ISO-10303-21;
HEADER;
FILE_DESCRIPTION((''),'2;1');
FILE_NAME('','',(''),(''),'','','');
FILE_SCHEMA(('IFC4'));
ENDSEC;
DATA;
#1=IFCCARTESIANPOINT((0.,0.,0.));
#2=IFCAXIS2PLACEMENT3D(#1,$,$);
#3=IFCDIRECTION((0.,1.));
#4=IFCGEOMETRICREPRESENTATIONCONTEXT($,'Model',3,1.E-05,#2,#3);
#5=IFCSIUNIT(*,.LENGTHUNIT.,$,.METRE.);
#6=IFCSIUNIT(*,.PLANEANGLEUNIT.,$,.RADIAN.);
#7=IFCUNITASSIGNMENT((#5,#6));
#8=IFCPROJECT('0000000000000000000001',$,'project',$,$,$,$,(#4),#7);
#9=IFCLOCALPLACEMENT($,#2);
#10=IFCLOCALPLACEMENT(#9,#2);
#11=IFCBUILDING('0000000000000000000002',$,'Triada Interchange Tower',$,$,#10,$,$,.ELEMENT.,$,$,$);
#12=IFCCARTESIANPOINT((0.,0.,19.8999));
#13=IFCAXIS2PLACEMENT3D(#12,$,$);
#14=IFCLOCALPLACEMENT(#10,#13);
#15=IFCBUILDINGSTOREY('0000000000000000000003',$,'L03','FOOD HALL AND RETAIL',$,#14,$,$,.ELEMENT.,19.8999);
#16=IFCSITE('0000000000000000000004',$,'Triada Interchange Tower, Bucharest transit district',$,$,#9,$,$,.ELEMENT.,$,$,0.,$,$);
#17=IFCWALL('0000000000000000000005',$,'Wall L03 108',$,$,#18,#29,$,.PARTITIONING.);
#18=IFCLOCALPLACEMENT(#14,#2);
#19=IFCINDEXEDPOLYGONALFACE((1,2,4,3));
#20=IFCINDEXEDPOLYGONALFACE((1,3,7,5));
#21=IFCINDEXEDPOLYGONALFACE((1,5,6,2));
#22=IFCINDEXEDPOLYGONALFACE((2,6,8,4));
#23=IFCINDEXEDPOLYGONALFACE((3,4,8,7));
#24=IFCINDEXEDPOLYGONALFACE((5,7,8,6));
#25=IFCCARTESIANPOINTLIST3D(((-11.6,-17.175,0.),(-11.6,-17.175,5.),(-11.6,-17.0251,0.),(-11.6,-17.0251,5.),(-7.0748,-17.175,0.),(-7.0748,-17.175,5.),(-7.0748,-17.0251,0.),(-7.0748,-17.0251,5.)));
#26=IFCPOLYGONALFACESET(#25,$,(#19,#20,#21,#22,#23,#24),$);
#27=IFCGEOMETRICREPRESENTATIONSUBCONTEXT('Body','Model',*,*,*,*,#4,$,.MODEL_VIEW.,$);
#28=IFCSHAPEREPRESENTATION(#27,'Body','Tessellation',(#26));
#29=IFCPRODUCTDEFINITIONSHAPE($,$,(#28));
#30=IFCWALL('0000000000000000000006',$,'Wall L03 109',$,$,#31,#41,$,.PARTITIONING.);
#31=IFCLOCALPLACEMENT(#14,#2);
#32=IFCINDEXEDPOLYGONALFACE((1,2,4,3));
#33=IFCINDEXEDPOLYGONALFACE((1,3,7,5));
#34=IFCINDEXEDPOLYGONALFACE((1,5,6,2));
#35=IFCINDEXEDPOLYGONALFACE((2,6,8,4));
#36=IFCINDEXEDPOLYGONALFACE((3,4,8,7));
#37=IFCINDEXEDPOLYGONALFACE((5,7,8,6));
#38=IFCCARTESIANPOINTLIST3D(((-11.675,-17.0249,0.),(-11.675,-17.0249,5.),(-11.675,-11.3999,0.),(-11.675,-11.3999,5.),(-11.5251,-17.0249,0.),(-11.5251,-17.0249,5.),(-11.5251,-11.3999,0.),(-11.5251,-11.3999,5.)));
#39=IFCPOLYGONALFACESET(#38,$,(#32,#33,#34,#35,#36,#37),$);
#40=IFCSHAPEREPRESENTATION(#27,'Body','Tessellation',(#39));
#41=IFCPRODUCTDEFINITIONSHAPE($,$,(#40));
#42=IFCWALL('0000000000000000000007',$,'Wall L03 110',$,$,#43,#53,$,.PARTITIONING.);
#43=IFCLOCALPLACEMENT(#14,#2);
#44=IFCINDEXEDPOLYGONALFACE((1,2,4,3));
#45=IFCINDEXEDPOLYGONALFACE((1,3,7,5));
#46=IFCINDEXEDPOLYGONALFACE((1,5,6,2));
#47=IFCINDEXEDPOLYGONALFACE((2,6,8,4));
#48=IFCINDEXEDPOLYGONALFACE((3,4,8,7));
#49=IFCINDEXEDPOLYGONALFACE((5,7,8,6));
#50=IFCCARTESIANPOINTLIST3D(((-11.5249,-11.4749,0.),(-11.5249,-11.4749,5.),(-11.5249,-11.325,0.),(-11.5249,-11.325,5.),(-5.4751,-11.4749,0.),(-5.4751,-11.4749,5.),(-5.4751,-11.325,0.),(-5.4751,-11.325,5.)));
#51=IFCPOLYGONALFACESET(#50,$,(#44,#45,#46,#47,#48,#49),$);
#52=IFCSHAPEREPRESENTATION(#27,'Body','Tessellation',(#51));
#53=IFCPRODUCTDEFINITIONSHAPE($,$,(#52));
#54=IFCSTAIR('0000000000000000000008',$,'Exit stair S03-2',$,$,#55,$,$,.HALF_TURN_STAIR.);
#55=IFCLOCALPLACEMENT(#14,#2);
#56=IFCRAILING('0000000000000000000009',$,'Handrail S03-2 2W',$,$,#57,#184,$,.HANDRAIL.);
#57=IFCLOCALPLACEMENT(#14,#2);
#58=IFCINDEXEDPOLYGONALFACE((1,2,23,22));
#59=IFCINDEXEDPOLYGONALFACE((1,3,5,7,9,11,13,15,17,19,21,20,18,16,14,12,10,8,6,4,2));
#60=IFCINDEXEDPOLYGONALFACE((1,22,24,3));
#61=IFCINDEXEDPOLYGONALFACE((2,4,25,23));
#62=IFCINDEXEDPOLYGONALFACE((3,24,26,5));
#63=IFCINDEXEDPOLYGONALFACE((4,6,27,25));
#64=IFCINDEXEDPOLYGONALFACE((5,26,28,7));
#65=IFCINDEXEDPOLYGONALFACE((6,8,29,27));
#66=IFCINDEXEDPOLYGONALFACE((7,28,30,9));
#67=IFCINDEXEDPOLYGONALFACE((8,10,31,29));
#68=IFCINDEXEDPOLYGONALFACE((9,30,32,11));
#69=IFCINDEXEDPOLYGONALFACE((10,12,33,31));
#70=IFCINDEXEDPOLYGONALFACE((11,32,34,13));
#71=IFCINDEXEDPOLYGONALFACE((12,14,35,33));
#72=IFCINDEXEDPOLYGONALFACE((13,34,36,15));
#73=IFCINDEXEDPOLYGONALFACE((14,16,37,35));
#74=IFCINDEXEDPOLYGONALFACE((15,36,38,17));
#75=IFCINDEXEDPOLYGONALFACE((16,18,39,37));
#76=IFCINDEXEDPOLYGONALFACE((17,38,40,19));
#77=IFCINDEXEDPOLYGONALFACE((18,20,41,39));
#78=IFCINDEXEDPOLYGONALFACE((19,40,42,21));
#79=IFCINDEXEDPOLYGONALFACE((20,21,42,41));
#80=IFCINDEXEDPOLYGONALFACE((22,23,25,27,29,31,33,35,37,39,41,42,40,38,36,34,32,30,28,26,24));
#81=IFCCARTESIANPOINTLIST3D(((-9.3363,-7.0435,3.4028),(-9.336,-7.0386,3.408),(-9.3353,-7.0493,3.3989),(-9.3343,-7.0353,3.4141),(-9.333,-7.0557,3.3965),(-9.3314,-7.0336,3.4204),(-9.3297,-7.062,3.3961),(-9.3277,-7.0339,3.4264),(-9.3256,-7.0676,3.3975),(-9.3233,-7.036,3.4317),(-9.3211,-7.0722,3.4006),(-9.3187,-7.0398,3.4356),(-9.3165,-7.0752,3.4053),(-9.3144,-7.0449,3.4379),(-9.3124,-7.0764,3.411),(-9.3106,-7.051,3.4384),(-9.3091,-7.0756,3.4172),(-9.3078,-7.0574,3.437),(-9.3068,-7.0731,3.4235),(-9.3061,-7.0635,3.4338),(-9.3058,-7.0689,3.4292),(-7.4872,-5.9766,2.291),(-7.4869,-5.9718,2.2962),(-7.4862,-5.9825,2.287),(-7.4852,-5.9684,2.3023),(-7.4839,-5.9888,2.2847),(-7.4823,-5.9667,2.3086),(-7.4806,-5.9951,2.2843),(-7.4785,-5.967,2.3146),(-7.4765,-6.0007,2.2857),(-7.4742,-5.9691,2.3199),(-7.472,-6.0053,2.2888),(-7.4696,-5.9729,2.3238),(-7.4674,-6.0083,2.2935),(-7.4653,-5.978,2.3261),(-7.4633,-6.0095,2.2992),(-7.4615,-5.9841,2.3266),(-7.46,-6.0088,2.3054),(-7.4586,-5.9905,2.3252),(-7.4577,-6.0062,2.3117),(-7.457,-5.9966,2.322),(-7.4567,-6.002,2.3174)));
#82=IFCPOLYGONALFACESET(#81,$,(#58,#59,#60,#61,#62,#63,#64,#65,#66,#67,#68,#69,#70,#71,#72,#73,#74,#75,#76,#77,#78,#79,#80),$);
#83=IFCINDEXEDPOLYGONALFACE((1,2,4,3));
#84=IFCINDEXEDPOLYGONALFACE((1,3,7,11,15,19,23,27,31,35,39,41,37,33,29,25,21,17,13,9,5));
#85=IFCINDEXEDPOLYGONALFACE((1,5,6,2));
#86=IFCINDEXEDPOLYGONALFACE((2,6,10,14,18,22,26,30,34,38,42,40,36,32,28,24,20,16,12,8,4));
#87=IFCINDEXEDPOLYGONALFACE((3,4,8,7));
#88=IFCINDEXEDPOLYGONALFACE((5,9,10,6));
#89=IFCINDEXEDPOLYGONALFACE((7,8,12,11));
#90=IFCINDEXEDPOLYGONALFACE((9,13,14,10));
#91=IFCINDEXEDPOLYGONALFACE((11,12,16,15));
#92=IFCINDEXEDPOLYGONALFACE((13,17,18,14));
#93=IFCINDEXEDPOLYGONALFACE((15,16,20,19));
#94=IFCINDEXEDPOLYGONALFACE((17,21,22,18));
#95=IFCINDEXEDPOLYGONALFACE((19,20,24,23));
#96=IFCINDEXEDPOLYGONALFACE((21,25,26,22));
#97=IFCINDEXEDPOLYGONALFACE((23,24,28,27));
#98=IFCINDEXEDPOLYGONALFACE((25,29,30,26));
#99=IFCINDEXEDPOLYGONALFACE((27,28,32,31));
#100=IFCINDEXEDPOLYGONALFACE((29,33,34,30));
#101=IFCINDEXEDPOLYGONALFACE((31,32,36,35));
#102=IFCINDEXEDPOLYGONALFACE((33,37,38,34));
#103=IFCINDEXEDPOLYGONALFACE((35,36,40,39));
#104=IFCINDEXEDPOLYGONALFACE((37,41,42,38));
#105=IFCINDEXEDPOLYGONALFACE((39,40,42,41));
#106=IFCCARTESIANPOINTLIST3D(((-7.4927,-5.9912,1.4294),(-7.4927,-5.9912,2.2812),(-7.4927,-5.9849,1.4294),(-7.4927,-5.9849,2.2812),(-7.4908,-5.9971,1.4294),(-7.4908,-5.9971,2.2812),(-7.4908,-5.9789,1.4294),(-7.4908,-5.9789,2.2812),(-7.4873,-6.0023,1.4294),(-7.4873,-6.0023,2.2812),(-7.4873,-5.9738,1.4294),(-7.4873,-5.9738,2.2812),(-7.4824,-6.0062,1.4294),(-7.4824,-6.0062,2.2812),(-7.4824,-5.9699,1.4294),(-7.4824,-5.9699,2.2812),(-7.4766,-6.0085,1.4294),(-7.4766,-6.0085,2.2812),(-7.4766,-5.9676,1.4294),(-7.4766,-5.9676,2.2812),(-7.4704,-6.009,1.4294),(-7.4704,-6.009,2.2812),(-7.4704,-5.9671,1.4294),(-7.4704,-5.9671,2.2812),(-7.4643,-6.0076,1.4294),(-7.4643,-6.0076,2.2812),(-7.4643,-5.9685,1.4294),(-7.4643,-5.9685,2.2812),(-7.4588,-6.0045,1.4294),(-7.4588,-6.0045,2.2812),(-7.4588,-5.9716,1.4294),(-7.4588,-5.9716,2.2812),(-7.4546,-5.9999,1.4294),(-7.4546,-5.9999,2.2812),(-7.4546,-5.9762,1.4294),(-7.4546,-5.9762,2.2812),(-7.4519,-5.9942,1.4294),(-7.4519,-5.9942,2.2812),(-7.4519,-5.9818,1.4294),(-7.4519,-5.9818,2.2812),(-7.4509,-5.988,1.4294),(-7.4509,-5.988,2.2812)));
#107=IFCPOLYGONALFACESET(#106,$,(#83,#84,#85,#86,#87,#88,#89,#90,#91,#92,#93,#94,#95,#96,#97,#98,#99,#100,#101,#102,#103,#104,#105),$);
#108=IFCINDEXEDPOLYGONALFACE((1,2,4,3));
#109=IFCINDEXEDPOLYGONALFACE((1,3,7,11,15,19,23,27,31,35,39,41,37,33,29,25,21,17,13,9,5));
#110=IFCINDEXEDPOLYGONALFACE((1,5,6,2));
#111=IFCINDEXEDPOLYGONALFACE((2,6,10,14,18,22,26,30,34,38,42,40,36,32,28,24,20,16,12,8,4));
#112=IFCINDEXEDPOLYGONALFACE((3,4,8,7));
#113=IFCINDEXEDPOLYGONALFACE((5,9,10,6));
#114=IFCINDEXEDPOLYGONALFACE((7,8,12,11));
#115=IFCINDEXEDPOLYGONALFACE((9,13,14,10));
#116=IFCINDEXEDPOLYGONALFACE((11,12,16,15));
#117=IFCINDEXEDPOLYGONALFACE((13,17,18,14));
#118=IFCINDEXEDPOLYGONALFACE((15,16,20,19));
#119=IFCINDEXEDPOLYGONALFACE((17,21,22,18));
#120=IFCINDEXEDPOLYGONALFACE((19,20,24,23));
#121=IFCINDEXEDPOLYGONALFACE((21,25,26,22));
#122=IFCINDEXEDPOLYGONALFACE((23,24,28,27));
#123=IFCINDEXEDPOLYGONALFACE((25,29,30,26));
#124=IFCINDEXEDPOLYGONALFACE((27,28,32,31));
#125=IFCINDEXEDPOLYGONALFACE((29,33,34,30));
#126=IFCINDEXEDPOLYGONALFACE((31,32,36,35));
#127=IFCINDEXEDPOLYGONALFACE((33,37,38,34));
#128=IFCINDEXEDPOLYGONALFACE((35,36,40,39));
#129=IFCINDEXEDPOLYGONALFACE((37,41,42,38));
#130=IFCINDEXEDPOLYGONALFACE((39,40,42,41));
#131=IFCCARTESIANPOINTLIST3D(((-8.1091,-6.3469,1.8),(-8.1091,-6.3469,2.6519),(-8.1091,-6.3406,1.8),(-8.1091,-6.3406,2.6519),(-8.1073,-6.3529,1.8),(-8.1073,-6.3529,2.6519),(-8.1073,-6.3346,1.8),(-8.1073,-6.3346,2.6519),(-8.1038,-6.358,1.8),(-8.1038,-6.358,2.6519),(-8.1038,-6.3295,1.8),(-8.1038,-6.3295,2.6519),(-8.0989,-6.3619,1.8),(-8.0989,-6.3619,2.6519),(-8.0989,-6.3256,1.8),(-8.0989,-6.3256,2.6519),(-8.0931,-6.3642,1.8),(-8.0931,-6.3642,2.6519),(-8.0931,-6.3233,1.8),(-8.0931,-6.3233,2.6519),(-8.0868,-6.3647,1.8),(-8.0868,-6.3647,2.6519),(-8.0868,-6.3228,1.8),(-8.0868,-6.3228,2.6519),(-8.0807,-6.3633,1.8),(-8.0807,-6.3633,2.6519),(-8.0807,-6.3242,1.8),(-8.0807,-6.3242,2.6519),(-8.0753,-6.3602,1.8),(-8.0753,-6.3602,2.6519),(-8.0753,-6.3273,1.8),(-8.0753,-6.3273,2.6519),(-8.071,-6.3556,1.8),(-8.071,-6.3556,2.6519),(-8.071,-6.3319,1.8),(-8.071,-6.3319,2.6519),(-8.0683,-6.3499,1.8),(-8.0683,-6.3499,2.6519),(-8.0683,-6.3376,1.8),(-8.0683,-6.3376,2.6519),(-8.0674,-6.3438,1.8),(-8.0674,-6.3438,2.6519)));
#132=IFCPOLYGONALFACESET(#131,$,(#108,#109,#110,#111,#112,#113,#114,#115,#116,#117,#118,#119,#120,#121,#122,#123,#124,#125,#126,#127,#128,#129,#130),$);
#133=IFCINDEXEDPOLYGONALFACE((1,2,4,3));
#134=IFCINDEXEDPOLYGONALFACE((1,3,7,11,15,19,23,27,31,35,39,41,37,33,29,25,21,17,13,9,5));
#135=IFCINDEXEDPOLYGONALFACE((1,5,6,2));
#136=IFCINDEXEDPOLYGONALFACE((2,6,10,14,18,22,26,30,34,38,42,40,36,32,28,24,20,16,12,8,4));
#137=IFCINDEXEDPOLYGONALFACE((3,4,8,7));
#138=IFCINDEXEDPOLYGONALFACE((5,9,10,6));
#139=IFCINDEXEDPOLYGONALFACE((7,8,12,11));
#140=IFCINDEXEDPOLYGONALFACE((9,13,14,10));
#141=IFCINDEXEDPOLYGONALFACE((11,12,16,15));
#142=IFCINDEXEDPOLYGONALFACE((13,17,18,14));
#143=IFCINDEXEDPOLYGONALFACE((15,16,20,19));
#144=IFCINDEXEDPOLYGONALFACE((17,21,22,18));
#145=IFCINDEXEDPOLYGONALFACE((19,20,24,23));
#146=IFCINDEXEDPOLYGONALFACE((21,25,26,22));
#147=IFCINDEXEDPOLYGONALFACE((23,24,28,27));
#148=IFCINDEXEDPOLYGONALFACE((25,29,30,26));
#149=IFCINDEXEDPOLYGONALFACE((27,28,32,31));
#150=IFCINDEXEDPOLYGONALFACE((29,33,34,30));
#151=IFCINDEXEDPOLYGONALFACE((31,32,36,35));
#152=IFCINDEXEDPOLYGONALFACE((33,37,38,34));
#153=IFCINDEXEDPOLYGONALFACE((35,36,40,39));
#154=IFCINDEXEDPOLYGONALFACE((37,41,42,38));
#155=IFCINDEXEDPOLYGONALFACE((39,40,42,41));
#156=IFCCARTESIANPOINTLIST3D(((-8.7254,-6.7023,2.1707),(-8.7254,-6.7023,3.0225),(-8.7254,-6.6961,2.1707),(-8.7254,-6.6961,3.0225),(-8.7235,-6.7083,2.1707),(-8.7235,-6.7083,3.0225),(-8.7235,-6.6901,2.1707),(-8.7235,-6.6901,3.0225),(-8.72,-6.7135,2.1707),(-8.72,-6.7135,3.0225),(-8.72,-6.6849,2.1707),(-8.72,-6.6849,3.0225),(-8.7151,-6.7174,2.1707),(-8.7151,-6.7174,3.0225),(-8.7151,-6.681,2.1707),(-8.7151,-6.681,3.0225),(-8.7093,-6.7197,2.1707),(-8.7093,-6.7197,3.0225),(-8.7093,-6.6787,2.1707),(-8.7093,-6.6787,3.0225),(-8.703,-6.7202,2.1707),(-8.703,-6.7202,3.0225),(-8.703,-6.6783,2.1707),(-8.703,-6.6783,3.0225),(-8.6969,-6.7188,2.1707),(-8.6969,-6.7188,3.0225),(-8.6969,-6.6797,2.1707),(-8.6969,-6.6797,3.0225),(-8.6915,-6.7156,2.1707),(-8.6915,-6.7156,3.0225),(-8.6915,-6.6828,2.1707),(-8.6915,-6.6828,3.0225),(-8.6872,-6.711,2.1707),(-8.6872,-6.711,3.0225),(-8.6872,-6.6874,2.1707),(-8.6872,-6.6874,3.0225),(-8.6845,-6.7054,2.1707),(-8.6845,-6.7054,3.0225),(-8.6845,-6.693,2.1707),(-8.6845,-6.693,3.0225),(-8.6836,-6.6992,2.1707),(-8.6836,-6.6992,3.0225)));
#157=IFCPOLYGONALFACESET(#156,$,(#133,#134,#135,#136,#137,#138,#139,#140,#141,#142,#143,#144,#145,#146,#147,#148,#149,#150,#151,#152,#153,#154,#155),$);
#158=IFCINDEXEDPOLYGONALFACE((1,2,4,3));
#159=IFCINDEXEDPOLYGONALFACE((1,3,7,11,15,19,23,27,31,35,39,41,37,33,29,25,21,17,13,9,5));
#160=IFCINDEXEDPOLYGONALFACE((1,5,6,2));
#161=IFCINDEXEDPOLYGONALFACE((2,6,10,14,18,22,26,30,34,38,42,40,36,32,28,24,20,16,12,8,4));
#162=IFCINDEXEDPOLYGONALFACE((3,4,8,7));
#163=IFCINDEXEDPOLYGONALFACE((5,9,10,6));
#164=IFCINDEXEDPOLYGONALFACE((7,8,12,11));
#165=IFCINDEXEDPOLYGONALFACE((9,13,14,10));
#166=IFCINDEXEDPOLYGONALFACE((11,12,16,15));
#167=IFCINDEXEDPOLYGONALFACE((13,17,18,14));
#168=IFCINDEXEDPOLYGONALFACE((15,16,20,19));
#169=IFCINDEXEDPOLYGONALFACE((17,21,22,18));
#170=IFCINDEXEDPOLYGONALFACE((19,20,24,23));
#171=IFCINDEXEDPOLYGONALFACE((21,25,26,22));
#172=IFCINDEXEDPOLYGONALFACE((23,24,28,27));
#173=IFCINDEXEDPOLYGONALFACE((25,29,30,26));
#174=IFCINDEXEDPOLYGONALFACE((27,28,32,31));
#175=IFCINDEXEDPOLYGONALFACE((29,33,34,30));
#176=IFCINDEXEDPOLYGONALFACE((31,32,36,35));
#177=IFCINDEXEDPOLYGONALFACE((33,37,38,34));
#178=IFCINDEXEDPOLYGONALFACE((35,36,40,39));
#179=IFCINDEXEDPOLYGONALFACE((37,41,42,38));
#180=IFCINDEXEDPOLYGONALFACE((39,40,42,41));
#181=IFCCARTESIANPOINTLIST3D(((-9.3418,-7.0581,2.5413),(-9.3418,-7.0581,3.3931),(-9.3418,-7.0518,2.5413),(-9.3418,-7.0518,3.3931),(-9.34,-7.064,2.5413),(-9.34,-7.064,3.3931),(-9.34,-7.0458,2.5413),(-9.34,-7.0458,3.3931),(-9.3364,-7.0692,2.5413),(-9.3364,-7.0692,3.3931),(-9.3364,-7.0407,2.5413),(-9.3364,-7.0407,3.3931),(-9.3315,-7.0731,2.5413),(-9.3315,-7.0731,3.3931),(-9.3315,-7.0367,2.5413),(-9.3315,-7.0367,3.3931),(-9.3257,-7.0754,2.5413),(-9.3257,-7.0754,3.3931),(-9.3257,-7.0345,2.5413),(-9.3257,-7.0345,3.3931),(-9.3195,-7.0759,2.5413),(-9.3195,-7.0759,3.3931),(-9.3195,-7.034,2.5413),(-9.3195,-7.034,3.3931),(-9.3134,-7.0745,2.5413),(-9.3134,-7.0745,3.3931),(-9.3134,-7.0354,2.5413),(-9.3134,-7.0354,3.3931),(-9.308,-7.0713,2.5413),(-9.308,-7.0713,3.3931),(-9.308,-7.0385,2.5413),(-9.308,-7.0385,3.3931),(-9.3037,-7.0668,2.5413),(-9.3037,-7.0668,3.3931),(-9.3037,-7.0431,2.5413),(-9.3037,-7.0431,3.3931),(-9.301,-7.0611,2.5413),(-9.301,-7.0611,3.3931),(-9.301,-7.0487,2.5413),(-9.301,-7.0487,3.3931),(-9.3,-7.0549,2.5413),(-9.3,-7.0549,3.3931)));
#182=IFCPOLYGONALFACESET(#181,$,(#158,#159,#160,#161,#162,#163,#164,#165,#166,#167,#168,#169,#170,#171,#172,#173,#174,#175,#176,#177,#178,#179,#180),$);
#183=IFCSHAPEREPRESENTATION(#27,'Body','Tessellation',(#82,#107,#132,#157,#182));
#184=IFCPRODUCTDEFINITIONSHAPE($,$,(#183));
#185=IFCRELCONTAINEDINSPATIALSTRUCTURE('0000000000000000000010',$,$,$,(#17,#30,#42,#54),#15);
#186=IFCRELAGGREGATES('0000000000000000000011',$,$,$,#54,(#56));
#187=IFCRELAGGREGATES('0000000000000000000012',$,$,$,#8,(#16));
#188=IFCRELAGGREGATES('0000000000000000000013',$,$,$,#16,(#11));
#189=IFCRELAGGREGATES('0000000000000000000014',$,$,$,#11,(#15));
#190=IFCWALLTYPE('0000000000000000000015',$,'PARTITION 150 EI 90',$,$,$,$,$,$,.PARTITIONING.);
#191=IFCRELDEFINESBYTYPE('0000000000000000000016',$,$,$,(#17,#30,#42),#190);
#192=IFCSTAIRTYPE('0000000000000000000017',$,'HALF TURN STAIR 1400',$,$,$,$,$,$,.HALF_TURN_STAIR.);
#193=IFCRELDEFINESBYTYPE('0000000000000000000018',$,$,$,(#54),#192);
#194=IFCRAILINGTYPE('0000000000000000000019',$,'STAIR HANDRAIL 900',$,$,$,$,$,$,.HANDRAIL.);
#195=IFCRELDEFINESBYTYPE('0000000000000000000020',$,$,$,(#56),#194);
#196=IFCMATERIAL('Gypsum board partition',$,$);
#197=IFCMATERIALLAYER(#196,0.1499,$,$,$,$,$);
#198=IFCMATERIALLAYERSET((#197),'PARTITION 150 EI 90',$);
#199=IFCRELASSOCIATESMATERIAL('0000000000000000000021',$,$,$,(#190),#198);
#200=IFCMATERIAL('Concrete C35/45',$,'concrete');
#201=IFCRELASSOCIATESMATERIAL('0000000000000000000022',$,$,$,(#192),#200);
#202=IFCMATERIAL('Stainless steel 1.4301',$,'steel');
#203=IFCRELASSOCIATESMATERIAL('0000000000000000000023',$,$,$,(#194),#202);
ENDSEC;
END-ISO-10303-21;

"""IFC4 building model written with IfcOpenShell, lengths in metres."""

from ifc_helpers import new_model, si_unit, direction, frame, frame_2d, origin, origin_2d, place, context, subcontext, project, spatial, rectangle, circle, extrude, material, layer, layer_set, type_object, element, aggregate, save


model = new_model("IFC4")

# Units and contexts
model_context = context("Model", 3, precision=1e-05, world=origin(), true_north=direction((0.0, 1.0)))
body_context = subcontext(model_context, "Body", "Model", "MODEL_VIEW")
ifc_project = project(units=[si_unit("LENGTHUNIT", "METRE"), si_unit("PLANEANGLEUNIT", "RADIAN")], contexts=[model_context])

# Site, building, storey
site_placement = place(None, origin())
site = spatial("IfcSite", under=ifc_project, at=site_placement, Name="Triada Interchange Tower, Bucharest transit district", CompositionType="ELEMENT", RefElevation=0.0)
building_placement = place(site_placement, origin())
building = spatial("IfcBuilding", under=site, at=building_placement, Name="Triada Interchange Tower", CompositionType="ELEMENT")
storey_placement = place(building_placement, frame((0.0, 0.0, 19.8999)))
storey = spatial("IfcBuildingStorey", under=building, at=storey_placement, Name="L03", Description="FOOD HALL AND RETAIL", CompositionType="ELEMENT", Elevation=19.8999)

# Shared definitions
ifc_material_1 = material(Name="Gypsum board partition")

# Shared definitions
ifc_layer_1 = layer(ifc_material_1, 0.1499)
ifc_layer_set_1 = layer_set([ifc_layer_1], Name="PARTITION 150 EI 90")
wall_type_1 = type_object("IfcWallType", Name="PARTITION 150 EI 90", PredefinedType="PARTITIONING", material=ifc_layer_set_1)

# Walls
wall_1_placement = place(storey_placement, frame((-11.6001, -17.1001, 0.0), z_axis=(0.0, 0.0, 1.0), x_axis=(1.0, 0.0, 0.0)))
element("IfcWall", 1, at=wall_1_placement, inside=storey, type_object=wall_type_1, Name="Wall L03 108", PredefinedType="PARTITIONING", context=body_context, shape_type="SweptSolid", body=[
    extrude(rectangle(XDim=4.5251, YDim=0.1499, at=frame_2d((2.2627, 0.0))), origin(), (0.0, 0.0, 1.0), 5.0),
])
wall_2_placement = place(storey_placement, frame((-11.6001, -17.0249, 0.0), z_axis=(0.0, 0.0, 1.0), x_axis=(0.0, 1.0, 0.0)))
element("IfcWall", 2, at=wall_2_placement, inside=storey, type_object=wall_type_1, Name="Wall L03 109", PredefinedType="PARTITIONING", context=body_context, shape_type="SweptSolid", body=[
    extrude(rectangle(XDim=5.625, YDim=0.1499, at=frame_2d((2.8125, 0.0))), origin(), (0.0, 0.0, 1.0), 5.0),
])
wall_3_placement = place(storey_placement, frame((-11.5249, -11.3999, 0.0), z_axis=(0.0, 0.0, 1.0), x_axis=(1.0, 0.0, 0.0)))
element("IfcWall", 3, at=wall_3_placement, inside=storey, type_object=wall_type_1, Name="Wall L03 110", PredefinedType="PARTITIONING", context=body_context, shape_type="SweptSolid", body=[
    extrude(rectangle(XDim=6.0498, YDim=0.1499, at=frame_2d((3.0249, 0.0))), origin(), (0.0, 0.0, 1.0), 5.0),
])

# Stair, railing
ifc_material_2 = material(Name="Concrete C35/45", Category="concrete")
stair_type = type_object("IfcStairType", Name="HALF TURN STAIR 1400", PredefinedType="HALF_TURN_STAIR", material=ifc_material_2)
stair_placement = place(storey_placement, origin())
stair = element("IfcStair", 4, at=stair_placement, inside=storey, type_object=stair_type, Name="Exit stair S03-2", PredefinedType="HALF_TURN_STAIR")
ifc_material_3 = material(Name="Stainless steel 1.4301", Category="steel")
railing_type = type_object("IfcRailingType", Name="STAIR HANDRAIL 900", PredefinedType="HANDRAIL", material=ifc_material_3)
railing_placement = place(storey_placement, frame((-7.4719, -5.988, 1.4294)))
railing = element("IfcRailing", 5, at=railing_placement, type_object=railing_type, Name="Handrail S03-2 2W", PredefinedType="HANDRAIL", context=body_context, shape_type="SweptSolid", body=[
    extrude(circle(Radius=0.0239, at=origin_2d()), frame((0.0, 0.0, 0.876), z_axis=(-0.768226, -0.443247, 0.46191), x_axis=(0.499755, -0.866167, 0.0)), (0.0, 0.0, 1.0), 2.407),
    extrude(circle(Radius=0.021, at=origin_2d()), origin(), (0.0, 0.0, 1.0), 0.8518),
    extrude(circle(Radius=0.021, at=origin_2d()), frame((-0.6165, -0.3557, 0.3706)), (0.0, 0.0, 1.0), 0.8518),
    extrude(circle(Radius=0.021, at=origin_2d()), frame((-1.2327, -0.7112, 0.7412)), (0.0, 0.0, 1.0), 0.8518),
    extrude(circle(Radius=0.021, at=origin_2d()), frame((-1.8491, -1.0669, 1.1118)), (0.0, 0.0, 1.0), 0.8518),
])
aggregate(stair, [railing])

save(model, "model.ifc")
